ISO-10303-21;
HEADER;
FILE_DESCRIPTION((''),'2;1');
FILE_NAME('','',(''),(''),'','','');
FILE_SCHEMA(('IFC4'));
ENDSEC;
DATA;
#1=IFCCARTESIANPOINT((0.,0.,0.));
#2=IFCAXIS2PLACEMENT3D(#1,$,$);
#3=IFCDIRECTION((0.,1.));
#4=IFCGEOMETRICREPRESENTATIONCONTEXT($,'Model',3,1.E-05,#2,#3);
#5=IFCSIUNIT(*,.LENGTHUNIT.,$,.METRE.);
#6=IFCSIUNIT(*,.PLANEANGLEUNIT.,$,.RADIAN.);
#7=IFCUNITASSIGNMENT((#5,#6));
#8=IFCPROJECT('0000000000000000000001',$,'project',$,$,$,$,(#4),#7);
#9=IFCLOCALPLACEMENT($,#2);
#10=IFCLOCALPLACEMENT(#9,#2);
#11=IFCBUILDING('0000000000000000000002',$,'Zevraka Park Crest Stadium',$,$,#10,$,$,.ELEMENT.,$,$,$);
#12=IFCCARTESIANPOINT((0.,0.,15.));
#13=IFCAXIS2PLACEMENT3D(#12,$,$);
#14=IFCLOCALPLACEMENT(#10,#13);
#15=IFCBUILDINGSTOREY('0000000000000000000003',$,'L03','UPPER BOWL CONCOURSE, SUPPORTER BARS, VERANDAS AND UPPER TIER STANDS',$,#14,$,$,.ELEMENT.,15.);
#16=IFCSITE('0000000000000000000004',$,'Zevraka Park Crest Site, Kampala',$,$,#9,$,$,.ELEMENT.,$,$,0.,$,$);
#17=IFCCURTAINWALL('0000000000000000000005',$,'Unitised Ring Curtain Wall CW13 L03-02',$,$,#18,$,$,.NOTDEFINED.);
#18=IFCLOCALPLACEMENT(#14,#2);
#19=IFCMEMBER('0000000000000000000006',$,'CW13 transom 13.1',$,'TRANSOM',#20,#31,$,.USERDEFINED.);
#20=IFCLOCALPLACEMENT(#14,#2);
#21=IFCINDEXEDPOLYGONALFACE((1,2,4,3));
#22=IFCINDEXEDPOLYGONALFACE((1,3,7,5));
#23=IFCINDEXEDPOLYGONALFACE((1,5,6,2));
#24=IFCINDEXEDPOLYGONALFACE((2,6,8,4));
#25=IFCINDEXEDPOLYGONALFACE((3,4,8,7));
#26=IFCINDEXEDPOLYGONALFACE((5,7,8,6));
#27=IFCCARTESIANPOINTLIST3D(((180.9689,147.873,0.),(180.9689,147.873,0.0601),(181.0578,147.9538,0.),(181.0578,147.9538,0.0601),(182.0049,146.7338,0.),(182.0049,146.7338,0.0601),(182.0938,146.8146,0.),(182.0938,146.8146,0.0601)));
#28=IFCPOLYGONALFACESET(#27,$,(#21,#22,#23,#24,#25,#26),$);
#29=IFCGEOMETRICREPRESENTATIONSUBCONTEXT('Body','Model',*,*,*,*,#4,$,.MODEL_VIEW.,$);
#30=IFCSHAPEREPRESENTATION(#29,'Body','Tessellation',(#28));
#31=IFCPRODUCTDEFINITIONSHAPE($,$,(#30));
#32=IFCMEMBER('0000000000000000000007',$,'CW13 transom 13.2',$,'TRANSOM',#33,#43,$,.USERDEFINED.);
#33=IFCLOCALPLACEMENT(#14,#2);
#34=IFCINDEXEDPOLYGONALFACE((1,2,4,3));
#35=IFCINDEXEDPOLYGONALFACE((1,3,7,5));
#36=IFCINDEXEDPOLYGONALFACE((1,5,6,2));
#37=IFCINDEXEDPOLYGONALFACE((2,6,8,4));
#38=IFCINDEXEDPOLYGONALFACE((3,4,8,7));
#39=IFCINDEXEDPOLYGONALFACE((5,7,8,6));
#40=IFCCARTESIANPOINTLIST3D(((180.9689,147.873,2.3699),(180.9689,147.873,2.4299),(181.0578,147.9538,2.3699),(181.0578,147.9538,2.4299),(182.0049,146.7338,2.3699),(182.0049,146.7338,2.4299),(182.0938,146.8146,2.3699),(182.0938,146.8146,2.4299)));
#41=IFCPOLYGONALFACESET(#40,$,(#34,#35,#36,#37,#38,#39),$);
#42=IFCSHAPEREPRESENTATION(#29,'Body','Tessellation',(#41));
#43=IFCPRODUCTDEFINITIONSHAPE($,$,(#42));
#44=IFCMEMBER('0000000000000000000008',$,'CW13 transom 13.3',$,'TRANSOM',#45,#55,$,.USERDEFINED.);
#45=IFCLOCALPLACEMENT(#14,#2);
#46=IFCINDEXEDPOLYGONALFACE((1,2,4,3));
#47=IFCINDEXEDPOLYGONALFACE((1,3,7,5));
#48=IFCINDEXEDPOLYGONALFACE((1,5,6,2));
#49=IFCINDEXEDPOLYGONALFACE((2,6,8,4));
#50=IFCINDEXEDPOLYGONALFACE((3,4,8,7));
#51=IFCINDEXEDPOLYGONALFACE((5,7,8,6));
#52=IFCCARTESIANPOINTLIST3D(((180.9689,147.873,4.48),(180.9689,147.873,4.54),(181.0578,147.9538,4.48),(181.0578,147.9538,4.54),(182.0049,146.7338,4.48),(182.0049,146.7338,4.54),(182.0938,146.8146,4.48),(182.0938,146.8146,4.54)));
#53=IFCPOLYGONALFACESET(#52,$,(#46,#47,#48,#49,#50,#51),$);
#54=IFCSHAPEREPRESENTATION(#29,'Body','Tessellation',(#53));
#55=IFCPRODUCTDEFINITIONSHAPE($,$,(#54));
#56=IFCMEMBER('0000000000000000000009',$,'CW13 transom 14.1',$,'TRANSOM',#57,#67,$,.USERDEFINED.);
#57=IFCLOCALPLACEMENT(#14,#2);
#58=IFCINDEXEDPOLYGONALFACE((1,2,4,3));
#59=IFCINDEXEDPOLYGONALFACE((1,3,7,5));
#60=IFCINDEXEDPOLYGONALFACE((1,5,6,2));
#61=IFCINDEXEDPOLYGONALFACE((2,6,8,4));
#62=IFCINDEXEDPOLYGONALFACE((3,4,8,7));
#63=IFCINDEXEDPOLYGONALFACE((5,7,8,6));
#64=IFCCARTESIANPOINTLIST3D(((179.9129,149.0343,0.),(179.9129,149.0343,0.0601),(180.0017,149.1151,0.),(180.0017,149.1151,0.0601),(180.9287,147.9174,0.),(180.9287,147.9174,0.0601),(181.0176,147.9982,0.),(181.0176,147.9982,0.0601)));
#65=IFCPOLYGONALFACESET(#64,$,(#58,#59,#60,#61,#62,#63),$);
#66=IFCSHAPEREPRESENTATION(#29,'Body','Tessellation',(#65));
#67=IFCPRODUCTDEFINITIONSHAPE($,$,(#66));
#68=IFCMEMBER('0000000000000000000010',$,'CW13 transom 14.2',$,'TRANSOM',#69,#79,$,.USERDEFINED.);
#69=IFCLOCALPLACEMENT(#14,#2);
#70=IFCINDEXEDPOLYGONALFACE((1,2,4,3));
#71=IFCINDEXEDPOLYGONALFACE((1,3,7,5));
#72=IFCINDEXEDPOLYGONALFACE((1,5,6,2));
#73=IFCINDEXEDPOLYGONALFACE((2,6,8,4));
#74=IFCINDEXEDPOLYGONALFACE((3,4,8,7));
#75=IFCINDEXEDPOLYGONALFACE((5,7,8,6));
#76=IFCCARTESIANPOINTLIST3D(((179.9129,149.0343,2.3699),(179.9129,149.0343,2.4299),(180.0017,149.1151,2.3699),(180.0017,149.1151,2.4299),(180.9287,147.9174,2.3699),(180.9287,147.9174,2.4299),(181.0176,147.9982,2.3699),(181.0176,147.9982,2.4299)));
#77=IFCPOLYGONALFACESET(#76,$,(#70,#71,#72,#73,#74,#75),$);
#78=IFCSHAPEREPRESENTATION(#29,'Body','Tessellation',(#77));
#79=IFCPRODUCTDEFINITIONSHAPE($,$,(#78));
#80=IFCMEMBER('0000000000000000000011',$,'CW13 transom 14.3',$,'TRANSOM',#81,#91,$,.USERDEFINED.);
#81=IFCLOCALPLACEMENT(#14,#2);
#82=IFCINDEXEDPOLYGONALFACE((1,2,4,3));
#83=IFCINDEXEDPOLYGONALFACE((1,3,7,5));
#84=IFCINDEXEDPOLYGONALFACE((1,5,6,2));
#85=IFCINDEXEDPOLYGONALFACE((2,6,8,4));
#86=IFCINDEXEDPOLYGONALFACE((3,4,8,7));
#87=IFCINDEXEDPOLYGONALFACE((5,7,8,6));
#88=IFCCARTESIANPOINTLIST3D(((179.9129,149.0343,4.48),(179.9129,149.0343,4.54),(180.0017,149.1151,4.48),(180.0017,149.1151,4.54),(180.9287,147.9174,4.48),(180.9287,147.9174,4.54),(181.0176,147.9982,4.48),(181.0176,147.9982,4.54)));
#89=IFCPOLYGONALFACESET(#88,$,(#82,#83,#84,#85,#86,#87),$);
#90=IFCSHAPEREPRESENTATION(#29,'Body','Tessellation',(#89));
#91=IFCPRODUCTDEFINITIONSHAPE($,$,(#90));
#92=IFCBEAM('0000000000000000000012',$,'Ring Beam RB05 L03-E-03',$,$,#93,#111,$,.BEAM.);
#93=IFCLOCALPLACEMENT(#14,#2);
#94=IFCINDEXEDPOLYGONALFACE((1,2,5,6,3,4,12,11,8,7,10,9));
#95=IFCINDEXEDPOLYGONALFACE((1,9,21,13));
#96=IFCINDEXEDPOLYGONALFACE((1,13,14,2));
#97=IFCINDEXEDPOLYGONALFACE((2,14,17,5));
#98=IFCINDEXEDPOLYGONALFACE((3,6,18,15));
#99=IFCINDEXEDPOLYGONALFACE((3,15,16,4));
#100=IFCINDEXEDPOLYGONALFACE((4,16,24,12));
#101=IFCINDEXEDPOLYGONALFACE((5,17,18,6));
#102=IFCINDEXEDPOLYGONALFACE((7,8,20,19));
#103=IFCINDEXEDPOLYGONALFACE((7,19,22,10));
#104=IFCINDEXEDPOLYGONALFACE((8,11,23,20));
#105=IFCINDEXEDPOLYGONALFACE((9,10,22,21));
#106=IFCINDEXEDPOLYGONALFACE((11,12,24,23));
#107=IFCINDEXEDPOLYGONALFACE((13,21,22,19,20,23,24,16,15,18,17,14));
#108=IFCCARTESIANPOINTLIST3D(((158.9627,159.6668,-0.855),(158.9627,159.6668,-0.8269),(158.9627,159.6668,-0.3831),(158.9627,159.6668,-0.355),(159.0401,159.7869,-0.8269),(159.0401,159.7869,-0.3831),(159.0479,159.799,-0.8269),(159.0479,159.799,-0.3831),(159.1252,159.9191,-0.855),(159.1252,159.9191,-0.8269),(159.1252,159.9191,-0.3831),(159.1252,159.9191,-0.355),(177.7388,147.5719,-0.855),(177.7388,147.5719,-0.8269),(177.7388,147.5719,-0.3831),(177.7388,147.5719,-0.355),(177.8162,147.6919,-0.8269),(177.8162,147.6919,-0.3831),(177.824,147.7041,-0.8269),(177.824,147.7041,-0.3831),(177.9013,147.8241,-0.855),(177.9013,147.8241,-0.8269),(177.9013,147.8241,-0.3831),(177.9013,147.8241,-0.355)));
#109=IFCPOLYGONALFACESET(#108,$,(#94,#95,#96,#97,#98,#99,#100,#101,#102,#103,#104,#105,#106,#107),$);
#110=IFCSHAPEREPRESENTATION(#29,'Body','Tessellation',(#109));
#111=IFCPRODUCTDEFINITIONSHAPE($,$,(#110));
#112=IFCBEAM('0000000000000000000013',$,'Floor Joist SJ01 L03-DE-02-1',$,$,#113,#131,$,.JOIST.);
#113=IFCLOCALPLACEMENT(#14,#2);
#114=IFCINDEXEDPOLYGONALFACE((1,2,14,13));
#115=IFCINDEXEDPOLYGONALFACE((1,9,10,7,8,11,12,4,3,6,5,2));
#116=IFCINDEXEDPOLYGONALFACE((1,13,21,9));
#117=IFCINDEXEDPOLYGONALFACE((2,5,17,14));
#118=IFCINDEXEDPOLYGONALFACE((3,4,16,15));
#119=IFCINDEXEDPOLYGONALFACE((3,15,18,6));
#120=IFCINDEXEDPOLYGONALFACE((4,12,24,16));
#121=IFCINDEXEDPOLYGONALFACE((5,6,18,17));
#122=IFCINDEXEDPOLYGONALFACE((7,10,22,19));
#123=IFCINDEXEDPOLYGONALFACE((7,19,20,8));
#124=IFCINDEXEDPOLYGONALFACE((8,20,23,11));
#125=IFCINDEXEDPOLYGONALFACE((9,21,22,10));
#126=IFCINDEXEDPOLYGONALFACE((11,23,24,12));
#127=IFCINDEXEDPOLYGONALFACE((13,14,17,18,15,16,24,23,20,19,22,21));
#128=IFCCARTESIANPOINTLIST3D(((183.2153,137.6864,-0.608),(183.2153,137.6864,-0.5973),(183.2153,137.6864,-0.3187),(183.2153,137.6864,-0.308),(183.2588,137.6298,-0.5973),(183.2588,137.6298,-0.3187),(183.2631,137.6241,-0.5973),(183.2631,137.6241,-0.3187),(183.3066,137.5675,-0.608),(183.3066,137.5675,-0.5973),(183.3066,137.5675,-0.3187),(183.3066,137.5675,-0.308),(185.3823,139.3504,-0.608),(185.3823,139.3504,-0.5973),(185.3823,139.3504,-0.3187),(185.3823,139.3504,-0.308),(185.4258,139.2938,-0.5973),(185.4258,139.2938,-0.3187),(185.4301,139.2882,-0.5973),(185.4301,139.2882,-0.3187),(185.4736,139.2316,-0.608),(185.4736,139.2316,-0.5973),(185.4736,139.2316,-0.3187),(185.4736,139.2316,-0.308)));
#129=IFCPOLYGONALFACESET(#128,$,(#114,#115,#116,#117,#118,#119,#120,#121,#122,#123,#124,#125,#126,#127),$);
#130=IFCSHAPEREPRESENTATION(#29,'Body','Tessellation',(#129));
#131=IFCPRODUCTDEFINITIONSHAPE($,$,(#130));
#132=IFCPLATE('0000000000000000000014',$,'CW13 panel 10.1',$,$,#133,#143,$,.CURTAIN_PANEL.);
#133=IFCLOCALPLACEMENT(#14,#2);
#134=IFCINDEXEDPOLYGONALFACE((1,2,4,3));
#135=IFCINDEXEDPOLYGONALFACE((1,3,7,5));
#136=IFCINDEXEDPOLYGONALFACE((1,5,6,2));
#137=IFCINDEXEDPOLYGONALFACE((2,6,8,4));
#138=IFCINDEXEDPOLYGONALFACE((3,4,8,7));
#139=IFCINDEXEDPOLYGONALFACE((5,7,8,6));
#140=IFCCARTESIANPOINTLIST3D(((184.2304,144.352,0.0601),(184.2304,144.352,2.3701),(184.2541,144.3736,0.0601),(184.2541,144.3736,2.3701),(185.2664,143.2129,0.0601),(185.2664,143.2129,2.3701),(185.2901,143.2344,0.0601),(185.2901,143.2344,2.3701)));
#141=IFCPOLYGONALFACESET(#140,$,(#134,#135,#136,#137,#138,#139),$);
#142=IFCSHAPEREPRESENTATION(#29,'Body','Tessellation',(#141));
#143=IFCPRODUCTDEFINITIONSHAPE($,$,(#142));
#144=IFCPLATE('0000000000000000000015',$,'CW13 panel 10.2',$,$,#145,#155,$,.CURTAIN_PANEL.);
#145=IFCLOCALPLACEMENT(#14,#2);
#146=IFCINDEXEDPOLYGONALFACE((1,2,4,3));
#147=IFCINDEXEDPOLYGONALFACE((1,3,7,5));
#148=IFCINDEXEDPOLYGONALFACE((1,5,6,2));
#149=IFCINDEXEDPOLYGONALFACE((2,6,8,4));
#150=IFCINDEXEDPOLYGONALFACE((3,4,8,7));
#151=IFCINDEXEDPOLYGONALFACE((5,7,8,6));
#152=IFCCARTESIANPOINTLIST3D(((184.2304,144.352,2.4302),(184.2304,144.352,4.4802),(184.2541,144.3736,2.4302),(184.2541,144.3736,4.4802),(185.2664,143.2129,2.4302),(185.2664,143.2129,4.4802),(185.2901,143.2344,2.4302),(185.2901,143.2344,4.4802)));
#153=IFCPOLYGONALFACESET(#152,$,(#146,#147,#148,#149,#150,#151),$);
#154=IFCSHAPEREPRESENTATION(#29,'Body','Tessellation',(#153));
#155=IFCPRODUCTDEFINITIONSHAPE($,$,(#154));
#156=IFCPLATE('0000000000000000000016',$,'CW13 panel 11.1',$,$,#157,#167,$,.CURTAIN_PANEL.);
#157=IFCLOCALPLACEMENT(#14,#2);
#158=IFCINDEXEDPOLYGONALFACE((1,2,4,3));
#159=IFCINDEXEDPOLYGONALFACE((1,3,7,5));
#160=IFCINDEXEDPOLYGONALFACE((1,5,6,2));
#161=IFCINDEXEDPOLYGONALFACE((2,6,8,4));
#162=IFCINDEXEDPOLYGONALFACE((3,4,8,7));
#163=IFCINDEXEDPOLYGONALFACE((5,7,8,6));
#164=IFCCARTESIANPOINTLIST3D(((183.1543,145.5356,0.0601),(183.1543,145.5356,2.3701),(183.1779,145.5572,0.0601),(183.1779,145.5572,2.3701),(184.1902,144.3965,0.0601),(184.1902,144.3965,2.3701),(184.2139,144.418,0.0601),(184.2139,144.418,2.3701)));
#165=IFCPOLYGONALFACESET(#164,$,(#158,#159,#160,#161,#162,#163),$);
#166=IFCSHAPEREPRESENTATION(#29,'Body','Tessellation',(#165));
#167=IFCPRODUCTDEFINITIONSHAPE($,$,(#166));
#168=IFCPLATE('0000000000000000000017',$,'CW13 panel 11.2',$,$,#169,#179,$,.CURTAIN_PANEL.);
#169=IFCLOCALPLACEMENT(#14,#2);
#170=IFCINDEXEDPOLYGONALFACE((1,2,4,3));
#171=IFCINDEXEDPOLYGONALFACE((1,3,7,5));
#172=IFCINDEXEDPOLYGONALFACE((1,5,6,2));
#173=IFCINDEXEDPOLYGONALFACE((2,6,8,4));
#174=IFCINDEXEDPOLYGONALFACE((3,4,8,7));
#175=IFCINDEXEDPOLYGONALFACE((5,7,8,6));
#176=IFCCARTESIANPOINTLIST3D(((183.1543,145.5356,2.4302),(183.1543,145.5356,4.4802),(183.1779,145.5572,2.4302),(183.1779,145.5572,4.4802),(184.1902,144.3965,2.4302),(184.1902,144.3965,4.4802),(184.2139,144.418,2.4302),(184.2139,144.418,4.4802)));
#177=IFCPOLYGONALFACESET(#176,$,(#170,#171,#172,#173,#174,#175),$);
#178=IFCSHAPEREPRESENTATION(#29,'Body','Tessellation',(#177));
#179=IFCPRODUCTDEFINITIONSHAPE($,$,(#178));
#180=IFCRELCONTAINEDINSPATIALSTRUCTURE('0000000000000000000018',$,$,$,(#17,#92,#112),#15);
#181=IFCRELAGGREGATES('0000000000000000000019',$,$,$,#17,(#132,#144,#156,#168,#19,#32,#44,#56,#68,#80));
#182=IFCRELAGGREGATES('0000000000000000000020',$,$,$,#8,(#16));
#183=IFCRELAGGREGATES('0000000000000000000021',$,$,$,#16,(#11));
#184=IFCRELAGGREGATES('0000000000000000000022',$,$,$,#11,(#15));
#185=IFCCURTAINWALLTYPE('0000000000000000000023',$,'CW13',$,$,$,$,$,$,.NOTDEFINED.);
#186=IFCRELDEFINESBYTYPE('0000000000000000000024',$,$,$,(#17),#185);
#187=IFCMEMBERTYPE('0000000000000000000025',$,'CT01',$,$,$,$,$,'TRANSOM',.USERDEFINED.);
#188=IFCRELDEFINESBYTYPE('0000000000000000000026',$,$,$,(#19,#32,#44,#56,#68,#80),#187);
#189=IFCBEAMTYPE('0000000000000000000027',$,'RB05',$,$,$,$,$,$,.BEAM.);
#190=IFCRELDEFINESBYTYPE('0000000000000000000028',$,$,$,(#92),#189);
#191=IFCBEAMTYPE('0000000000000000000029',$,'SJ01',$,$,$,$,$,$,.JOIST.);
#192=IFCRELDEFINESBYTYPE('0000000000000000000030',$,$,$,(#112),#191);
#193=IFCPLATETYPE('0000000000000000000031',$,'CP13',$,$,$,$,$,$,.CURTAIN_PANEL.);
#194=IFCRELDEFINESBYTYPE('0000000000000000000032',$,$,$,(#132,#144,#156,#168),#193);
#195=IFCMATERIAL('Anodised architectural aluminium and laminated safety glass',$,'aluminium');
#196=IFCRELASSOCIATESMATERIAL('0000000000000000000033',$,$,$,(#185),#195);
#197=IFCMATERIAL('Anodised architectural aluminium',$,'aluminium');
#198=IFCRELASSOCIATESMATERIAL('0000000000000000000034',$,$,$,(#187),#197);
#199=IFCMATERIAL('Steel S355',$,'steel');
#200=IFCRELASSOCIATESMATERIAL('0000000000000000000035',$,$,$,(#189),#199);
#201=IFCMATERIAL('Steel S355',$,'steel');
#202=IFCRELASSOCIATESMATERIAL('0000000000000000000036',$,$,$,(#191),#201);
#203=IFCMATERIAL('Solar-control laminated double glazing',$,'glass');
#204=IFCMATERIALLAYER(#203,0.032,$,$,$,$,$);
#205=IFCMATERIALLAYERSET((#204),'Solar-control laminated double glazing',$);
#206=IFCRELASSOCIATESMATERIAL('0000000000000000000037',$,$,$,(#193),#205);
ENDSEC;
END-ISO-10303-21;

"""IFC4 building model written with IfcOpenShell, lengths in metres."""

from ifc_helpers import new_model, si_unit, direction, frame, origin, origin_2d, place, context, subcontext, project, spatial, rectangle, i_section, extrude, material, layer, layer_set, material_profile, profile_set, type_object, element, aggregate, save


model = new_model("IFC4")

# Units and contexts
model_context = context("Model", 3, precision=1e-05, world=origin(), true_north=direction((0.0, 1.0)))
body_context = subcontext(model_context, "Body", "Model", "MODEL_VIEW")
ifc_project = project(units=[si_unit("LENGTHUNIT", "METRE"), si_unit("PLANEANGLEUNIT", "RADIAN")], contexts=[model_context])

# Site, building, storey
site_placement = place(None, origin())
site = spatial("IfcSite", under=ifc_project, at=site_placement, Name="Zevraka Park Crest Site, Kampala", CompositionType="ELEMENT", RefElevation=0.0)
building_placement = place(site_placement, origin())
building = spatial("IfcBuilding", under=site, at=building_placement, Name="Zevraka Park Crest Stadium", CompositionType="ELEMENT")
storey_placement = place(building_placement, frame((0.0, 0.0, 15.0)))
storey = spatial("IfcBuildingStorey", under=building, at=storey_placement, Name="L03", Description="UPPER BOWL CONCOURSE, SUPPORTER BARS, VERANDAS AND UPPER TIER STANDS", CompositionType="ELEMENT", Elevation=15.0)

# Curtain wall, members
ifc_material_1 = material(Name="Anodised architectural aluminium and laminated safety glass", Category="aluminium")
curtain_wall_type = type_object("IfcCurtainWallType", Name="CW13", PredefinedType="NOTDEFINED", material=ifc_material_1)
curtain_wall_placement = place(storey_placement, origin())
curtain_wall = element("IfcCurtainWall", 1, at=curtain_wall_placement, inside=storey, type_object=curtain_wall_type, Name="Unitised Ring Curtain Wall CW13 L03-02", PredefinedType="NOTDEFINED")
ifc_material_2 = material(Name="Anodised architectural aluminium", Category="aluminium")
ifc_material_profile_1 = material_profile(ifc_material_2, rectangle(XDim=0.1201, YDim=0.0601, at=origin_2d()), Name="ALU TRANSOM 120x60")
ifc_profile_set_1 = profile_set([ifc_material_profile_1], Name="Anodised architectural aluminium")
member_type_1 = type_object("IfcMemberType", Name="CT01", ElementType="TRANSOM", PredefinedType="USERDEFINED", material=ifc_profile_set_1)
member_1_placement = place(storey_placement, frame((182.0493, 146.7742, 0.03), z_axis=(-0.672775, 0.739847, 0.0), x_axis=(-0.739847, -0.672775, 0.0)))
member_1 = element("IfcMember", 2, at=member_1_placement, type_object=member_type_1, Name="CW13 transom 13.1", ObjectType="TRANSOM", PredefinedType="USERDEFINED", context=body_context, shape_type="SweptSolid", body=[
    extrude(rectangle(XDim=0.1201, YDim=0.0601, at=origin_2d()), origin(), (0.0, 0.0, 1.0), 1.5398),
])
member_2_placement = place(storey_placement, frame((182.0493, 146.7742, 2.3999), z_axis=(-0.672775, 0.739847, 0.0), x_axis=(-0.739847, -0.672775, 0.0)))
member_2 = element("IfcMember", 3, at=member_2_placement, type_object=member_type_1, Name="CW13 transom 13.2", ObjectType="TRANSOM", PredefinedType="USERDEFINED", context=body_context, shape_type="SweptSolid", body=[
    extrude(rectangle(XDim=0.1201, YDim=0.0601, at=origin_2d()), origin(), (0.0, 0.0, 1.0), 1.5398),
])
member_3_placement = place(storey_placement, frame((182.0493, 146.7742, 4.51), z_axis=(-0.672775, 0.739847, 0.0), x_axis=(-0.739847, -0.672775, 0.0)))
member_3 = element("IfcMember", 4, at=member_3_placement, type_object=member_type_1, Name="CW13 transom 13.3", ObjectType="TRANSOM", PredefinedType="USERDEFINED", context=body_context, shape_type="SweptSolid", body=[
    extrude(rectangle(XDim=0.1201, YDim=0.0601, at=origin_2d()), origin(), (0.0, 0.0, 1.0), 1.5398),
])
member_4_placement = place(storey_placement, frame((180.9731, 147.9578, 0.03), z_axis=(-0.672842, 0.739786, 0.0), x_axis=(-0.739786, -0.672842, 0.0)))
member_4 = element("IfcMember", 5, at=member_4_placement, type_object=member_type_1, Name="CW13 transom 14.1", ObjectType="TRANSOM", PredefinedType="USERDEFINED", context=body_context, shape_type="SweptSolid", body=[
    extrude(rectangle(XDim=0.1201, YDim=0.0601, at=origin_2d()), origin(), (0.0, 0.0, 1.0), 1.5098),
])
member_5_placement = place(storey_placement, frame((180.9731, 147.9578, 2.3999), z_axis=(-0.672842, 0.739786, 0.0), x_axis=(-0.739786, -0.672842, 0.0)))
member_5 = element("IfcMember", 6, at=member_5_placement, type_object=member_type_1, Name="CW13 transom 14.2", ObjectType="TRANSOM", PredefinedType="USERDEFINED", context=body_context, shape_type="SweptSolid", body=[
    extrude(rectangle(XDim=0.1201, YDim=0.0601, at=origin_2d()), origin(), (0.0, 0.0, 1.0), 1.5098),
])
member_6_placement = place(storey_placement, frame((180.9731, 147.9578, 4.51), z_axis=(-0.672842, 0.739786, 0.0), x_axis=(-0.739786, -0.672842, 0.0)))
member_6 = element("IfcMember", 7, at=member_6_placement, type_object=member_type_1, Name="CW13 transom 14.3", ObjectType="TRANSOM", PredefinedType="USERDEFINED", context=body_context, shape_type="SweptSolid", body=[
    extrude(rectangle(XDim=0.1201, YDim=0.0601, at=origin_2d()), origin(), (0.0, 0.0, 1.0), 1.5098),
])

# Beams
ifc_material_3 = material(Name="Steel S355", Category="steel")
ifc_material_profile_2 = material_profile(ifc_material_3, i_section(OverallWidth=0.3, OverallDepth=0.5, WebThickness=0.0144, FlangeThickness=0.0281, at=origin_2d()), Name="HEB 500")
ifc_profile_set_2 = profile_set([ifc_material_profile_2], Name="Steel S355")
beam_type_1 = type_object("IfcBeamType", Name="RB05", PredefinedType="BEAM", material=ifc_profile_set_2)
beam_1_placement = place(storey_placement, frame((177.8201, 147.698, -0.605), z_axis=(-0.840677, 0.541537, 0.0), x_axis=(-0.541537, -0.840677, 0.0)))
element("IfcBeam", 8, at=beam_1_placement, inside=storey, type_object=beam_type_1, Name="Ring Beam RB05 L03-E-03", PredefinedType="BEAM", context=body_context, shape_type="SweptSolid", body=[
    extrude(i_section(OverallWidth=0.3, OverallDepth=0.5, WebThickness=0.0144, FlangeThickness=0.0281, at=origin_2d()), origin(), (0.0, 0.0, 1.0), 22.3345),
])
ifc_material_4 = material(Name="Steel S355", Category="steel")
ifc_material_profile_3 = material_profile(ifc_material_4, i_section(OverallWidth=0.1499, OverallDepth=0.3, WebThickness=0.0071, FlangeThickness=0.0107, at=origin_2d()), Name="IPE 300")
ifc_profile_set_3 = profile_set([ifc_material_profile_3], Name="Steel S355")
beam_type_2 = type_object("IfcBeamType", Name="SJ01", PredefinedType="JOIST", material=ifc_profile_set_3)
beam_2_placement = place(storey_placement, frame((183.261, 137.627, -0.458), z_axis=(0.793129, 0.609054, 0.0), x_axis=(-0.609054, 0.793129, 0.0)))
element("IfcBeam", 9, at=beam_2_placement, inside=storey, type_object=beam_type_2, Name="Floor Joist SJ01 L03-DE-02-1", PredefinedType="JOIST", context=body_context, shape_type="SweptSolid", body=[
    extrude(i_section(OverallWidth=0.1499, OverallDepth=0.3, WebThickness=0.0071, FlangeThickness=0.0107, at=origin_2d()), origin(), (0.0, 0.0, 1.0), 2.7322),
])

# Plates
ifc_material_5 = material(Name="Solar-control laminated double glazing", Category="glass")
ifc_layer_1 = layer(ifc_material_5, 0.032)
ifc_layer_set_1 = layer_set([ifc_layer_1], Name="Solar-control laminated double glazing")
plate_type = type_object("IfcPlateType", Name="CP13", PredefinedType="CURTAIN_PANEL", material=ifc_layer_set_1)
plate_1_placement = place(storey_placement, frame((184.7603, 143.7932, 0.0601), z_axis=(0.0, 0.0, 1.0), x_axis=(-0.672802, 0.739823, 0.0)))
plate_1 = element("IfcPlate", 10, at=plate_1_placement, type_object=plate_type, Name="CW13 panel 10.1", PredefinedType="CURTAIN_PANEL", context=body_context, shape_type="SweptSolid", body=[
    extrude(rectangle(XDim=1.5398, YDim=0.032, at=origin_2d()), origin(), (0.0, 0.0, 1.0), 2.3101),
])
plate_2_placement = place(storey_placement, frame((184.7603, 143.7932, 2.4302), z_axis=(0.0, 0.0, 1.0), x_axis=(-0.672802, 0.739823, 0.0)))
plate_2 = element("IfcPlate", 11, at=plate_2_placement, type_object=plate_type, Name="CW13 panel 10.2", PredefinedType="CURTAIN_PANEL", context=body_context, shape_type="SweptSolid", body=[
    extrude(rectangle(XDim=1.5398, YDim=0.032, at=origin_2d()), origin(), (0.0, 0.0, 1.0), 2.05),
])
plate_3_placement = place(storey_placement, frame((183.6841, 144.9768, 0.0601), z_axis=(0.0, 0.0, 1.0), x_axis=(-0.672802, 0.739823, 0.0)))
plate_3 = element("IfcPlate", 12, at=plate_3_placement, type_object=plate_type, Name="CW13 panel 11.1", PredefinedType="CURTAIN_PANEL", context=body_context, shape_type="SweptSolid", body=[
    extrude(rectangle(XDim=1.5398, YDim=0.032, at=origin_2d()), origin(), (0.0, 0.0, 1.0), 2.3101),
])
plate_4_placement = place(storey_placement, frame((183.6841, 144.9768, 2.4302), z_axis=(0.0, 0.0, 1.0), x_axis=(-0.672802, 0.739823, 0.0)))
plate_4 = element("IfcPlate", 13, at=plate_4_placement, type_object=plate_type, Name="CW13 panel 11.2", PredefinedType="CURTAIN_PANEL", context=body_context, shape_type="SweptSolid", body=[
    extrude(rectangle(XDim=1.5398, YDim=0.032, at=origin_2d()), origin(), (0.0, 0.0, 1.0), 2.05),
])
aggregate(curtain_wall, [plate_1, plate_2, plate_3, plate_4, member_1, member_2, member_3, member_4, member_5, member_6])

save(model, "model.ifc")
